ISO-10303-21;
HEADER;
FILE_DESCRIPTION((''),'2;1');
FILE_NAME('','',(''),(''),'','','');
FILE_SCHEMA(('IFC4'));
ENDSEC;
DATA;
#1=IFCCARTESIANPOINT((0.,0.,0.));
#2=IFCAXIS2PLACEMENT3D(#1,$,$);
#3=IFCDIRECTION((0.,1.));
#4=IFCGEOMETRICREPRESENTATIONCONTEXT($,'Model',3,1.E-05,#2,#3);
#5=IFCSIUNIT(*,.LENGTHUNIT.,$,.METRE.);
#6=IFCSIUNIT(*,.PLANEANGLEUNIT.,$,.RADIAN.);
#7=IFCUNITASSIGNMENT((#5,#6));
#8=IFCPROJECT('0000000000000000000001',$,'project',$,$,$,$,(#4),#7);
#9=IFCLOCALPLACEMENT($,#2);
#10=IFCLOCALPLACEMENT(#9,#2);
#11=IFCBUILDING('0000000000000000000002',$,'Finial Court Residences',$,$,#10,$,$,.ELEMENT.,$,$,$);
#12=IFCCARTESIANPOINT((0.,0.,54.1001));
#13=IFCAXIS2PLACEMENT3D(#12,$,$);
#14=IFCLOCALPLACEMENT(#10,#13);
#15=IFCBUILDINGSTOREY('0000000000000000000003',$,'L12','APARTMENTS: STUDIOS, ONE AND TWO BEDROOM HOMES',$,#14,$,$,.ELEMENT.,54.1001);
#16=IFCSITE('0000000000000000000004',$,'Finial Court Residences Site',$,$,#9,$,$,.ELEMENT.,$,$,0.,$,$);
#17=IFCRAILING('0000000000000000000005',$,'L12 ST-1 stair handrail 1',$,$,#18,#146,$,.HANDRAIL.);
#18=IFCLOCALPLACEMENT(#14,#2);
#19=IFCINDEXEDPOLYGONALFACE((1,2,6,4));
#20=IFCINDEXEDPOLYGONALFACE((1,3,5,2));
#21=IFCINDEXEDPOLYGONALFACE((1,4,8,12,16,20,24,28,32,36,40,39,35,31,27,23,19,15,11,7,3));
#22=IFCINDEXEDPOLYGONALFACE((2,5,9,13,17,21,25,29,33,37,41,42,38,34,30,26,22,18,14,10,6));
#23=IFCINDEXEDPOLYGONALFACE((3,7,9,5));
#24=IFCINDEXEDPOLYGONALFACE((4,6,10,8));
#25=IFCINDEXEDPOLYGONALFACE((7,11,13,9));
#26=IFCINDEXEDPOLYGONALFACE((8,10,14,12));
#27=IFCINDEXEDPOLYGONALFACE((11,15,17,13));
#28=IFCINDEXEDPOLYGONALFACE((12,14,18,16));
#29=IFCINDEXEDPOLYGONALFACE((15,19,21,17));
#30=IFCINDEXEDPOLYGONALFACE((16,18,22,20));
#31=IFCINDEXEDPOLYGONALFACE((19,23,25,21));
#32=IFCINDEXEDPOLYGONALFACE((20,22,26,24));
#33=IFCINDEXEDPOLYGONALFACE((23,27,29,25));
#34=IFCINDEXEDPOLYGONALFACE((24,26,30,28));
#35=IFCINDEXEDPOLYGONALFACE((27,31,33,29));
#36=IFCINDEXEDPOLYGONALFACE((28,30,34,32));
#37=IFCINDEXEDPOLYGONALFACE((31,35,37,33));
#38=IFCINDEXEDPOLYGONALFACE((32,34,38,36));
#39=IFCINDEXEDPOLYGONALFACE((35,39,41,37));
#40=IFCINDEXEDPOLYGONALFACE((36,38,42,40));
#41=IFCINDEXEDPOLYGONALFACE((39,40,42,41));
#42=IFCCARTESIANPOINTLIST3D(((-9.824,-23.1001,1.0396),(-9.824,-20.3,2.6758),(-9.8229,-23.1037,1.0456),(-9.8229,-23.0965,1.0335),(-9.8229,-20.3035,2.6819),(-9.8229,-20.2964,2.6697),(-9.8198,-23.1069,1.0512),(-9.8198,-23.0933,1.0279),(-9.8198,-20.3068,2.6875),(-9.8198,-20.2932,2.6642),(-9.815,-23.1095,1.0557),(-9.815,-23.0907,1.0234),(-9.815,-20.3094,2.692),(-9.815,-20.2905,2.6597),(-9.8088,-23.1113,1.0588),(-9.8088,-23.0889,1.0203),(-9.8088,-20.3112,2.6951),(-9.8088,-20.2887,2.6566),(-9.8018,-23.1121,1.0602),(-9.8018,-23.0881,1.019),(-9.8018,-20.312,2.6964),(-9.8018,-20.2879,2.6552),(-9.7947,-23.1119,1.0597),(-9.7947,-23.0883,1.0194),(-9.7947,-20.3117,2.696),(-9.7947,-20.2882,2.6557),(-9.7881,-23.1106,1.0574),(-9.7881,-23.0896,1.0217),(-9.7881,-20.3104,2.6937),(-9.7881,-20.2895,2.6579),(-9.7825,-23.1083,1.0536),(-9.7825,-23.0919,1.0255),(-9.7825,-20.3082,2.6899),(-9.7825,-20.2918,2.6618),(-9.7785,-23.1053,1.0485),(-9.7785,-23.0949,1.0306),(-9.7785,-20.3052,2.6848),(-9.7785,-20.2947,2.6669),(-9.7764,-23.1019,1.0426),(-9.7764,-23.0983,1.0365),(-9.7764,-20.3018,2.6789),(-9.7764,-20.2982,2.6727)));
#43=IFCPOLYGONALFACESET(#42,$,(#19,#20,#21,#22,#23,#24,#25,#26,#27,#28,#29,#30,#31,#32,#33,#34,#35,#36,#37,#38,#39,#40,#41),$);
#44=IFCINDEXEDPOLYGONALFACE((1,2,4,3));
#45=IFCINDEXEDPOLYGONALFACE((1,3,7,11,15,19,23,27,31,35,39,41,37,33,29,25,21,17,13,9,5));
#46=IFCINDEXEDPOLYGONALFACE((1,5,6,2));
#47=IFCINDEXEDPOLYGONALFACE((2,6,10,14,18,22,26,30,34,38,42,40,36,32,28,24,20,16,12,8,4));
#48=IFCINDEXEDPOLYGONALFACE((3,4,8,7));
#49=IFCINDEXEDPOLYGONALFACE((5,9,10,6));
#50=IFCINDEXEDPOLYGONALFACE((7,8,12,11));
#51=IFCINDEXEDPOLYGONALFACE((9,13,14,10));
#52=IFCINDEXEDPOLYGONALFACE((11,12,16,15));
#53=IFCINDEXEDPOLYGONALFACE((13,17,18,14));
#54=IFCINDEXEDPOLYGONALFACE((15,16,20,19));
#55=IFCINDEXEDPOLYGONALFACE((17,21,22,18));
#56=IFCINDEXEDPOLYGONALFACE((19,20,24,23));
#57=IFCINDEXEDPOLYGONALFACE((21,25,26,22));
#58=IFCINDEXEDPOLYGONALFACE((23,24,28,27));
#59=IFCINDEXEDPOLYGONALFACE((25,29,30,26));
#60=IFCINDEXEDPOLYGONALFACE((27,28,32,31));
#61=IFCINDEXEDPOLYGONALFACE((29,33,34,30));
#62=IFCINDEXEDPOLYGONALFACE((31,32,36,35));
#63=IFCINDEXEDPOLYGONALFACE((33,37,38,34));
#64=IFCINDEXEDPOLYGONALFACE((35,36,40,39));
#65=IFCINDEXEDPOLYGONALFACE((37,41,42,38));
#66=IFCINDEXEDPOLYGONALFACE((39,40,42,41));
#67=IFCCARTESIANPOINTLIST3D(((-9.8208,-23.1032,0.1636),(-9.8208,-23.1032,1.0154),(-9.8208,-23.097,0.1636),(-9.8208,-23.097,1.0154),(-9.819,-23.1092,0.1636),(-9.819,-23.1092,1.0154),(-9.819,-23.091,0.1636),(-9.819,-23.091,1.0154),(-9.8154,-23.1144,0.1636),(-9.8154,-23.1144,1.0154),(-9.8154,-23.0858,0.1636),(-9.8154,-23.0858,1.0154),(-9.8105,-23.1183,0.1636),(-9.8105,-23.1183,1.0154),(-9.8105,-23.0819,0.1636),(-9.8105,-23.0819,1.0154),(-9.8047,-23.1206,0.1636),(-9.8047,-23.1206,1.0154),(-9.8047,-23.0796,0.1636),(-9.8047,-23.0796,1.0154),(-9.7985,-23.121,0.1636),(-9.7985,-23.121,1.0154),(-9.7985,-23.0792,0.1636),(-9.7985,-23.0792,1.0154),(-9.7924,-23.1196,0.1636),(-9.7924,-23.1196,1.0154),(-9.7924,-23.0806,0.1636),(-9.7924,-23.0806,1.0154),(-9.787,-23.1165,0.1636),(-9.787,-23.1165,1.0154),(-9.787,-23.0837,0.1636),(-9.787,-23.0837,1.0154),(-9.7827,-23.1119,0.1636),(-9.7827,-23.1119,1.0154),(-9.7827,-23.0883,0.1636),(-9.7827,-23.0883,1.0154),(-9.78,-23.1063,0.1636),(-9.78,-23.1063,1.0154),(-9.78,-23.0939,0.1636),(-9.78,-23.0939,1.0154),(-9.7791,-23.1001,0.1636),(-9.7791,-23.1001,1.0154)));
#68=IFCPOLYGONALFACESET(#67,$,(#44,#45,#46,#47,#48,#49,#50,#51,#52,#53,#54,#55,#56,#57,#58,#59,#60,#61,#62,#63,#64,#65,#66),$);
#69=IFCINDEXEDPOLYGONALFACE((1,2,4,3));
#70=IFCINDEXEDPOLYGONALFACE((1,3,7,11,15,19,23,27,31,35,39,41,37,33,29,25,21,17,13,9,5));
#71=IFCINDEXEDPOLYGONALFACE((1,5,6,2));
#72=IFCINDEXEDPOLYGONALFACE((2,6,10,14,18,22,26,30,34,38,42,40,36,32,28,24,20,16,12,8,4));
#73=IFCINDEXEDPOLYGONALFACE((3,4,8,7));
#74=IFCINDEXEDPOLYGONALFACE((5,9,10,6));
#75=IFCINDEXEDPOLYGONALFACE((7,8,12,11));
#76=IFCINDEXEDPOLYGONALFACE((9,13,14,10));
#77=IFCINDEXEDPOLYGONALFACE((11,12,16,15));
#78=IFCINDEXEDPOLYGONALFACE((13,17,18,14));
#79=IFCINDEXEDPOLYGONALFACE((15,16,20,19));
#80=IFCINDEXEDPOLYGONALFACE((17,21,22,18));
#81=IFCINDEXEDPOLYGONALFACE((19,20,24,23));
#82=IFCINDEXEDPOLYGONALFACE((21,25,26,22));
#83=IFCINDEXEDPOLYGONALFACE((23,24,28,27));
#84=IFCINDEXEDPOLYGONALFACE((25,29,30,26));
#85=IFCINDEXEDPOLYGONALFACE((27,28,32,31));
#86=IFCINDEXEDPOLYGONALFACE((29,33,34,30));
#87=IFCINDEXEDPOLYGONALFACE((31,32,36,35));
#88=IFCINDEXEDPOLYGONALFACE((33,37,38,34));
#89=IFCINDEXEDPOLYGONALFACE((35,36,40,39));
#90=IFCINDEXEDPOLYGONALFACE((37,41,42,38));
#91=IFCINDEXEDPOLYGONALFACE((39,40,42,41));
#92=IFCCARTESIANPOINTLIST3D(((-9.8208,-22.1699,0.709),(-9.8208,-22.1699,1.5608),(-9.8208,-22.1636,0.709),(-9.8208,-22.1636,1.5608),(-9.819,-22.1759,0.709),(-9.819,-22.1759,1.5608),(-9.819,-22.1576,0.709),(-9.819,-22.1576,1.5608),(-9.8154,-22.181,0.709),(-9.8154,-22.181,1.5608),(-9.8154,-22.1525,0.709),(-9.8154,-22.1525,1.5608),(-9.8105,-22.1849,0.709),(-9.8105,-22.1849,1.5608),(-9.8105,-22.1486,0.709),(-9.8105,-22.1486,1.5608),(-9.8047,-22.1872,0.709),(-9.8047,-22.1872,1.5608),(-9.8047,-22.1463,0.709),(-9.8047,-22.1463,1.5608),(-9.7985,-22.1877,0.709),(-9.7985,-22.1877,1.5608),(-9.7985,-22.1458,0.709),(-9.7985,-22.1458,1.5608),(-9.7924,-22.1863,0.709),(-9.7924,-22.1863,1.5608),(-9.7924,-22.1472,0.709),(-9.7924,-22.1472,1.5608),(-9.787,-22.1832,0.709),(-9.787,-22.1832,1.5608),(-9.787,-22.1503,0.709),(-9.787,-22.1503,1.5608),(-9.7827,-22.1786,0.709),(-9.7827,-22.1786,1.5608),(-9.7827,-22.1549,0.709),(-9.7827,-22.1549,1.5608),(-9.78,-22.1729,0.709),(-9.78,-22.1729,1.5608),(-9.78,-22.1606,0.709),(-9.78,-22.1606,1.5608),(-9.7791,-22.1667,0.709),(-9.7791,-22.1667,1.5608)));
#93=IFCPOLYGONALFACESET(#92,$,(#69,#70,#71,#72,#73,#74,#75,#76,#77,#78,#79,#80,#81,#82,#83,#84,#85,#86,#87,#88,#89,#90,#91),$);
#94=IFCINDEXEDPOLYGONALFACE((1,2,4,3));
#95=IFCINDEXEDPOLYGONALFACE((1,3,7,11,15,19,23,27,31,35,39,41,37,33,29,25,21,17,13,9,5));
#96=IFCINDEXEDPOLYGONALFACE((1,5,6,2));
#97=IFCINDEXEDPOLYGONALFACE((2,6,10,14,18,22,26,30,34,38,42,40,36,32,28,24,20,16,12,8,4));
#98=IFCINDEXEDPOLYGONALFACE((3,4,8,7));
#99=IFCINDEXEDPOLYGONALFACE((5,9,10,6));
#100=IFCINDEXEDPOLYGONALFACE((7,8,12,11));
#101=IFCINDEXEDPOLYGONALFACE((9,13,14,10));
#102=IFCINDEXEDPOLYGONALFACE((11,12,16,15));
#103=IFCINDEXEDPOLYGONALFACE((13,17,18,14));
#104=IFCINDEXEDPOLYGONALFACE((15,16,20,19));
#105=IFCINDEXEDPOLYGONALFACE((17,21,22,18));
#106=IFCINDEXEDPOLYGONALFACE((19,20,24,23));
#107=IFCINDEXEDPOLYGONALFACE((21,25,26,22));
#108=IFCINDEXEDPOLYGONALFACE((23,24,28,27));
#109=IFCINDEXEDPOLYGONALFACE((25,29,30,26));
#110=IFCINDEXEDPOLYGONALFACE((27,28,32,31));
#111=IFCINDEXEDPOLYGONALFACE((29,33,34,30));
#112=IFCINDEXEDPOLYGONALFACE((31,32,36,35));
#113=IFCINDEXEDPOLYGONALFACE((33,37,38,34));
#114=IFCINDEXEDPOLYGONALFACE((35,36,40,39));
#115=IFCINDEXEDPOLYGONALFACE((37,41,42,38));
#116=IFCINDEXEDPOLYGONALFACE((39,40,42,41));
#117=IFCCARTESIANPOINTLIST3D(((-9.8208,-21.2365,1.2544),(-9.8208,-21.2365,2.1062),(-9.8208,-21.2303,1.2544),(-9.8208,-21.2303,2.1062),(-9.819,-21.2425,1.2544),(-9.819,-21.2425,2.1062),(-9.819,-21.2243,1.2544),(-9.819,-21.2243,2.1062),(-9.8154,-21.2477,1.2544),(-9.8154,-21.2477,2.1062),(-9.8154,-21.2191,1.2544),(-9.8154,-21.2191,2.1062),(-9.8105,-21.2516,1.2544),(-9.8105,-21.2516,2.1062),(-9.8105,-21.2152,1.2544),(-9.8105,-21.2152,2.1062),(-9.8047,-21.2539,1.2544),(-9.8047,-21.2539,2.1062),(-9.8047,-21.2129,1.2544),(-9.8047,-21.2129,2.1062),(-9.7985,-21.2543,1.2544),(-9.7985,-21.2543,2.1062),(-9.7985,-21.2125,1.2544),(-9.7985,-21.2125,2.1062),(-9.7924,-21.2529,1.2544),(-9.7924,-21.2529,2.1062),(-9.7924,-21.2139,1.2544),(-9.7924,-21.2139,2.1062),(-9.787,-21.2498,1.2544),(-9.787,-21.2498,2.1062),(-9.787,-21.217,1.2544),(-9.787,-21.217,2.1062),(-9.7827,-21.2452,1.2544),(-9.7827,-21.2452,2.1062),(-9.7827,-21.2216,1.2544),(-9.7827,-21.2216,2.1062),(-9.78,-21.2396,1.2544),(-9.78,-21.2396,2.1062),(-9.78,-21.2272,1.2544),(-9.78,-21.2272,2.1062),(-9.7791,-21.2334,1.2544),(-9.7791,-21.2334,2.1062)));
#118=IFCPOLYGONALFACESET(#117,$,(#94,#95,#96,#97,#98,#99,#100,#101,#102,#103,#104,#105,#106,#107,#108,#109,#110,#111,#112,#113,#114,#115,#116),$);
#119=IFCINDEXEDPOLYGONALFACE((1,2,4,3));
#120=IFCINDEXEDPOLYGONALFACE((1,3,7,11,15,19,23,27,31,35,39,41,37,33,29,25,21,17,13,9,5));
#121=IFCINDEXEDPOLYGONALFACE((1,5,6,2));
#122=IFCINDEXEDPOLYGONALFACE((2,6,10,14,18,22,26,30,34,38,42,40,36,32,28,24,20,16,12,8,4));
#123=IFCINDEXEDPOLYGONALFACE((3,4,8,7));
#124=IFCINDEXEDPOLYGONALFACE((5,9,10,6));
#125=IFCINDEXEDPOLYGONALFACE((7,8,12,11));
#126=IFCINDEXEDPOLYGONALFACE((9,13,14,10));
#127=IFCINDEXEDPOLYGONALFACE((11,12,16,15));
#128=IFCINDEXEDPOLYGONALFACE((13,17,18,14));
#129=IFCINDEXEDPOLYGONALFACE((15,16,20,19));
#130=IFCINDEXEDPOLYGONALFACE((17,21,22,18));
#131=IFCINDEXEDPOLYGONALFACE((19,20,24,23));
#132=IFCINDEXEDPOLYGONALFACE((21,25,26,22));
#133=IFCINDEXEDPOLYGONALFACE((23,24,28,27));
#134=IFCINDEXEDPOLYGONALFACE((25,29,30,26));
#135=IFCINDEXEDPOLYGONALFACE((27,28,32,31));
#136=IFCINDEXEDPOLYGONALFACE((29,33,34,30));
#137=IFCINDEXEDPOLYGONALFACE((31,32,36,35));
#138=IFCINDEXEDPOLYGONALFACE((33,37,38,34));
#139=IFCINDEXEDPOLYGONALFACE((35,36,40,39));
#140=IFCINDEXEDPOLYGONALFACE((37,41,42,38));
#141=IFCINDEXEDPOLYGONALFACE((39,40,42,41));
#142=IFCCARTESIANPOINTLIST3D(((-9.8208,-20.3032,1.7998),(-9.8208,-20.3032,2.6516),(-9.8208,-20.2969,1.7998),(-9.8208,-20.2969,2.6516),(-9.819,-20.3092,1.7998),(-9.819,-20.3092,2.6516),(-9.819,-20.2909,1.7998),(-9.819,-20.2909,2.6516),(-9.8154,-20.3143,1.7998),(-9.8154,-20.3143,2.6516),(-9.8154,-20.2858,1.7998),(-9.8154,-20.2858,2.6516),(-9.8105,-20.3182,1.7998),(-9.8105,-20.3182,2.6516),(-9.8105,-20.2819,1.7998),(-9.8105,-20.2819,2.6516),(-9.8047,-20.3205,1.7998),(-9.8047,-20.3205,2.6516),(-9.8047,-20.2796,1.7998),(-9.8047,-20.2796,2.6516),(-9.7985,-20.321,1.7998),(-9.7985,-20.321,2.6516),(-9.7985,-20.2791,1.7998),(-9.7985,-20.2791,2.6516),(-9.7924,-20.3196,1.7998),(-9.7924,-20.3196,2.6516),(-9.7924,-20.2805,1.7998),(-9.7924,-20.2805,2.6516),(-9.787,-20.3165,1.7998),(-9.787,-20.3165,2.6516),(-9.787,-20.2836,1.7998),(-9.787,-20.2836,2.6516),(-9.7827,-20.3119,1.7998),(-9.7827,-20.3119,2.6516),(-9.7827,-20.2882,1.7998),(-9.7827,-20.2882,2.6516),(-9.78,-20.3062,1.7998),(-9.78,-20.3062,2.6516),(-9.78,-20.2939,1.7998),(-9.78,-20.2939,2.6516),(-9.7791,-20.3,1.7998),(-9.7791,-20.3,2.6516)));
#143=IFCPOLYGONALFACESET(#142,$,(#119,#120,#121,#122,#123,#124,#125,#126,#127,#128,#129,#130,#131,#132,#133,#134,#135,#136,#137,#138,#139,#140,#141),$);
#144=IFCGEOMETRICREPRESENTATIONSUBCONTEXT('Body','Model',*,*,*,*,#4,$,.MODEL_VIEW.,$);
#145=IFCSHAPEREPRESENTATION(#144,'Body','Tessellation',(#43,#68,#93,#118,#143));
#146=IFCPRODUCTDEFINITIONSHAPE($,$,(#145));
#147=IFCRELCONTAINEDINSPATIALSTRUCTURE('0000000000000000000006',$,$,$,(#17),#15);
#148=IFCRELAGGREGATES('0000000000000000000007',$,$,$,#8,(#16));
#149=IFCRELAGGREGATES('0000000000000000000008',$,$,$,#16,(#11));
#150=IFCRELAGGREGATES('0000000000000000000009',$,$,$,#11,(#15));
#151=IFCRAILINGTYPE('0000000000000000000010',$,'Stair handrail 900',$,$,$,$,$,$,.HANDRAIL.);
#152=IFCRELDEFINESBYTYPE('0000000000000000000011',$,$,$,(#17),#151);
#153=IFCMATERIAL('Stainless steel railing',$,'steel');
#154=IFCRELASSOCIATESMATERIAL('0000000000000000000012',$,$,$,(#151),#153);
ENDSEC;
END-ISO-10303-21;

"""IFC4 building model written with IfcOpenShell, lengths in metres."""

from ifc_helpers import new_model, si_unit, direction, frame, origin, origin_2d, place, context, subcontext, project, spatial, circle, extrude, material, type_object, element, save


model = new_model("IFC4")

# Units and contexts
model_context = context("Model", 3, precision=1e-05, world=origin(), true_north=direction((0.0, 1.0)))
body_context = subcontext(model_context, "Body", "Model", "MODEL_VIEW")
ifc_project = project(units=[si_unit("LENGTHUNIT", "METRE"), si_unit("PLANEANGLEUNIT", "RADIAN")], contexts=[model_context])

# Site, building, storey
site_placement = place(None, origin())
site = spatial("IfcSite", under=ifc_project, at=site_placement, Name="Finial Court Residences Site", CompositionType="ELEMENT", RefElevation=0.0)
building_placement = place(site_placement, origin())
building = spatial("IfcBuilding", under=site, at=building_placement, Name="Finial Court Residences", CompositionType="ELEMENT")
storey_placement = place(building_placement, frame((0.0, 0.0, 54.1001)))
storey = spatial("IfcBuildingStorey", under=building, at=storey_placement, Name="L12", Description="APARTMENTS: STUDIOS, ONE AND TWO BEDROOM HOMES", CompositionType="ELEMENT", Elevation=54.1001)

# Railing
ifc_material_1 = material(Name="Stainless steel railing", Category="steel")
railing_type = type_object("IfcRailingType", Name="Stair handrail 900", PredefinedType="HANDRAIL", material=ifc_material_1)
railing_placement = place(storey_placement, frame((-9.8, -23.1001, 0.1636)))
element("IfcRailing", 1, at=railing_placement, inside=storey, type_object=railing_type, Name="L12 ST-1 stair handrail 1", PredefinedType="HANDRAIL", context=body_context, shape_type="SweptSolid", body=[
    extrude(circle(Radius=0.0239, at=origin_2d()), frame((0.0, 0.0, 0.876), z_axis=(0.0, 0.863394, 0.504531), x_axis=(-1.0, 0.0, 0.0)), (0.0, 0.0, 1.0), 3.2432),
    extrude(circle(Radius=0.021, at=origin_2d()), origin(), (0.0, 0.0, 1.0), 0.8518),
    extrude(circle(Radius=0.021, at=origin_2d()), frame((0.0, 0.9333, 0.5454)), (0.0, 0.0, 1.0), 0.8518),
    extrude(circle(Radius=0.021, at=origin_2d()), frame((0.0, 1.8667, 1.0908)), (0.0, 0.0, 1.0), 0.8518),
    extrude(circle(Radius=0.021, at=origin_2d()), frame((0.0, 2.8, 1.6362)), (0.0, 0.0, 1.0), 0.8518),
])

save(model, "model.ifc")
